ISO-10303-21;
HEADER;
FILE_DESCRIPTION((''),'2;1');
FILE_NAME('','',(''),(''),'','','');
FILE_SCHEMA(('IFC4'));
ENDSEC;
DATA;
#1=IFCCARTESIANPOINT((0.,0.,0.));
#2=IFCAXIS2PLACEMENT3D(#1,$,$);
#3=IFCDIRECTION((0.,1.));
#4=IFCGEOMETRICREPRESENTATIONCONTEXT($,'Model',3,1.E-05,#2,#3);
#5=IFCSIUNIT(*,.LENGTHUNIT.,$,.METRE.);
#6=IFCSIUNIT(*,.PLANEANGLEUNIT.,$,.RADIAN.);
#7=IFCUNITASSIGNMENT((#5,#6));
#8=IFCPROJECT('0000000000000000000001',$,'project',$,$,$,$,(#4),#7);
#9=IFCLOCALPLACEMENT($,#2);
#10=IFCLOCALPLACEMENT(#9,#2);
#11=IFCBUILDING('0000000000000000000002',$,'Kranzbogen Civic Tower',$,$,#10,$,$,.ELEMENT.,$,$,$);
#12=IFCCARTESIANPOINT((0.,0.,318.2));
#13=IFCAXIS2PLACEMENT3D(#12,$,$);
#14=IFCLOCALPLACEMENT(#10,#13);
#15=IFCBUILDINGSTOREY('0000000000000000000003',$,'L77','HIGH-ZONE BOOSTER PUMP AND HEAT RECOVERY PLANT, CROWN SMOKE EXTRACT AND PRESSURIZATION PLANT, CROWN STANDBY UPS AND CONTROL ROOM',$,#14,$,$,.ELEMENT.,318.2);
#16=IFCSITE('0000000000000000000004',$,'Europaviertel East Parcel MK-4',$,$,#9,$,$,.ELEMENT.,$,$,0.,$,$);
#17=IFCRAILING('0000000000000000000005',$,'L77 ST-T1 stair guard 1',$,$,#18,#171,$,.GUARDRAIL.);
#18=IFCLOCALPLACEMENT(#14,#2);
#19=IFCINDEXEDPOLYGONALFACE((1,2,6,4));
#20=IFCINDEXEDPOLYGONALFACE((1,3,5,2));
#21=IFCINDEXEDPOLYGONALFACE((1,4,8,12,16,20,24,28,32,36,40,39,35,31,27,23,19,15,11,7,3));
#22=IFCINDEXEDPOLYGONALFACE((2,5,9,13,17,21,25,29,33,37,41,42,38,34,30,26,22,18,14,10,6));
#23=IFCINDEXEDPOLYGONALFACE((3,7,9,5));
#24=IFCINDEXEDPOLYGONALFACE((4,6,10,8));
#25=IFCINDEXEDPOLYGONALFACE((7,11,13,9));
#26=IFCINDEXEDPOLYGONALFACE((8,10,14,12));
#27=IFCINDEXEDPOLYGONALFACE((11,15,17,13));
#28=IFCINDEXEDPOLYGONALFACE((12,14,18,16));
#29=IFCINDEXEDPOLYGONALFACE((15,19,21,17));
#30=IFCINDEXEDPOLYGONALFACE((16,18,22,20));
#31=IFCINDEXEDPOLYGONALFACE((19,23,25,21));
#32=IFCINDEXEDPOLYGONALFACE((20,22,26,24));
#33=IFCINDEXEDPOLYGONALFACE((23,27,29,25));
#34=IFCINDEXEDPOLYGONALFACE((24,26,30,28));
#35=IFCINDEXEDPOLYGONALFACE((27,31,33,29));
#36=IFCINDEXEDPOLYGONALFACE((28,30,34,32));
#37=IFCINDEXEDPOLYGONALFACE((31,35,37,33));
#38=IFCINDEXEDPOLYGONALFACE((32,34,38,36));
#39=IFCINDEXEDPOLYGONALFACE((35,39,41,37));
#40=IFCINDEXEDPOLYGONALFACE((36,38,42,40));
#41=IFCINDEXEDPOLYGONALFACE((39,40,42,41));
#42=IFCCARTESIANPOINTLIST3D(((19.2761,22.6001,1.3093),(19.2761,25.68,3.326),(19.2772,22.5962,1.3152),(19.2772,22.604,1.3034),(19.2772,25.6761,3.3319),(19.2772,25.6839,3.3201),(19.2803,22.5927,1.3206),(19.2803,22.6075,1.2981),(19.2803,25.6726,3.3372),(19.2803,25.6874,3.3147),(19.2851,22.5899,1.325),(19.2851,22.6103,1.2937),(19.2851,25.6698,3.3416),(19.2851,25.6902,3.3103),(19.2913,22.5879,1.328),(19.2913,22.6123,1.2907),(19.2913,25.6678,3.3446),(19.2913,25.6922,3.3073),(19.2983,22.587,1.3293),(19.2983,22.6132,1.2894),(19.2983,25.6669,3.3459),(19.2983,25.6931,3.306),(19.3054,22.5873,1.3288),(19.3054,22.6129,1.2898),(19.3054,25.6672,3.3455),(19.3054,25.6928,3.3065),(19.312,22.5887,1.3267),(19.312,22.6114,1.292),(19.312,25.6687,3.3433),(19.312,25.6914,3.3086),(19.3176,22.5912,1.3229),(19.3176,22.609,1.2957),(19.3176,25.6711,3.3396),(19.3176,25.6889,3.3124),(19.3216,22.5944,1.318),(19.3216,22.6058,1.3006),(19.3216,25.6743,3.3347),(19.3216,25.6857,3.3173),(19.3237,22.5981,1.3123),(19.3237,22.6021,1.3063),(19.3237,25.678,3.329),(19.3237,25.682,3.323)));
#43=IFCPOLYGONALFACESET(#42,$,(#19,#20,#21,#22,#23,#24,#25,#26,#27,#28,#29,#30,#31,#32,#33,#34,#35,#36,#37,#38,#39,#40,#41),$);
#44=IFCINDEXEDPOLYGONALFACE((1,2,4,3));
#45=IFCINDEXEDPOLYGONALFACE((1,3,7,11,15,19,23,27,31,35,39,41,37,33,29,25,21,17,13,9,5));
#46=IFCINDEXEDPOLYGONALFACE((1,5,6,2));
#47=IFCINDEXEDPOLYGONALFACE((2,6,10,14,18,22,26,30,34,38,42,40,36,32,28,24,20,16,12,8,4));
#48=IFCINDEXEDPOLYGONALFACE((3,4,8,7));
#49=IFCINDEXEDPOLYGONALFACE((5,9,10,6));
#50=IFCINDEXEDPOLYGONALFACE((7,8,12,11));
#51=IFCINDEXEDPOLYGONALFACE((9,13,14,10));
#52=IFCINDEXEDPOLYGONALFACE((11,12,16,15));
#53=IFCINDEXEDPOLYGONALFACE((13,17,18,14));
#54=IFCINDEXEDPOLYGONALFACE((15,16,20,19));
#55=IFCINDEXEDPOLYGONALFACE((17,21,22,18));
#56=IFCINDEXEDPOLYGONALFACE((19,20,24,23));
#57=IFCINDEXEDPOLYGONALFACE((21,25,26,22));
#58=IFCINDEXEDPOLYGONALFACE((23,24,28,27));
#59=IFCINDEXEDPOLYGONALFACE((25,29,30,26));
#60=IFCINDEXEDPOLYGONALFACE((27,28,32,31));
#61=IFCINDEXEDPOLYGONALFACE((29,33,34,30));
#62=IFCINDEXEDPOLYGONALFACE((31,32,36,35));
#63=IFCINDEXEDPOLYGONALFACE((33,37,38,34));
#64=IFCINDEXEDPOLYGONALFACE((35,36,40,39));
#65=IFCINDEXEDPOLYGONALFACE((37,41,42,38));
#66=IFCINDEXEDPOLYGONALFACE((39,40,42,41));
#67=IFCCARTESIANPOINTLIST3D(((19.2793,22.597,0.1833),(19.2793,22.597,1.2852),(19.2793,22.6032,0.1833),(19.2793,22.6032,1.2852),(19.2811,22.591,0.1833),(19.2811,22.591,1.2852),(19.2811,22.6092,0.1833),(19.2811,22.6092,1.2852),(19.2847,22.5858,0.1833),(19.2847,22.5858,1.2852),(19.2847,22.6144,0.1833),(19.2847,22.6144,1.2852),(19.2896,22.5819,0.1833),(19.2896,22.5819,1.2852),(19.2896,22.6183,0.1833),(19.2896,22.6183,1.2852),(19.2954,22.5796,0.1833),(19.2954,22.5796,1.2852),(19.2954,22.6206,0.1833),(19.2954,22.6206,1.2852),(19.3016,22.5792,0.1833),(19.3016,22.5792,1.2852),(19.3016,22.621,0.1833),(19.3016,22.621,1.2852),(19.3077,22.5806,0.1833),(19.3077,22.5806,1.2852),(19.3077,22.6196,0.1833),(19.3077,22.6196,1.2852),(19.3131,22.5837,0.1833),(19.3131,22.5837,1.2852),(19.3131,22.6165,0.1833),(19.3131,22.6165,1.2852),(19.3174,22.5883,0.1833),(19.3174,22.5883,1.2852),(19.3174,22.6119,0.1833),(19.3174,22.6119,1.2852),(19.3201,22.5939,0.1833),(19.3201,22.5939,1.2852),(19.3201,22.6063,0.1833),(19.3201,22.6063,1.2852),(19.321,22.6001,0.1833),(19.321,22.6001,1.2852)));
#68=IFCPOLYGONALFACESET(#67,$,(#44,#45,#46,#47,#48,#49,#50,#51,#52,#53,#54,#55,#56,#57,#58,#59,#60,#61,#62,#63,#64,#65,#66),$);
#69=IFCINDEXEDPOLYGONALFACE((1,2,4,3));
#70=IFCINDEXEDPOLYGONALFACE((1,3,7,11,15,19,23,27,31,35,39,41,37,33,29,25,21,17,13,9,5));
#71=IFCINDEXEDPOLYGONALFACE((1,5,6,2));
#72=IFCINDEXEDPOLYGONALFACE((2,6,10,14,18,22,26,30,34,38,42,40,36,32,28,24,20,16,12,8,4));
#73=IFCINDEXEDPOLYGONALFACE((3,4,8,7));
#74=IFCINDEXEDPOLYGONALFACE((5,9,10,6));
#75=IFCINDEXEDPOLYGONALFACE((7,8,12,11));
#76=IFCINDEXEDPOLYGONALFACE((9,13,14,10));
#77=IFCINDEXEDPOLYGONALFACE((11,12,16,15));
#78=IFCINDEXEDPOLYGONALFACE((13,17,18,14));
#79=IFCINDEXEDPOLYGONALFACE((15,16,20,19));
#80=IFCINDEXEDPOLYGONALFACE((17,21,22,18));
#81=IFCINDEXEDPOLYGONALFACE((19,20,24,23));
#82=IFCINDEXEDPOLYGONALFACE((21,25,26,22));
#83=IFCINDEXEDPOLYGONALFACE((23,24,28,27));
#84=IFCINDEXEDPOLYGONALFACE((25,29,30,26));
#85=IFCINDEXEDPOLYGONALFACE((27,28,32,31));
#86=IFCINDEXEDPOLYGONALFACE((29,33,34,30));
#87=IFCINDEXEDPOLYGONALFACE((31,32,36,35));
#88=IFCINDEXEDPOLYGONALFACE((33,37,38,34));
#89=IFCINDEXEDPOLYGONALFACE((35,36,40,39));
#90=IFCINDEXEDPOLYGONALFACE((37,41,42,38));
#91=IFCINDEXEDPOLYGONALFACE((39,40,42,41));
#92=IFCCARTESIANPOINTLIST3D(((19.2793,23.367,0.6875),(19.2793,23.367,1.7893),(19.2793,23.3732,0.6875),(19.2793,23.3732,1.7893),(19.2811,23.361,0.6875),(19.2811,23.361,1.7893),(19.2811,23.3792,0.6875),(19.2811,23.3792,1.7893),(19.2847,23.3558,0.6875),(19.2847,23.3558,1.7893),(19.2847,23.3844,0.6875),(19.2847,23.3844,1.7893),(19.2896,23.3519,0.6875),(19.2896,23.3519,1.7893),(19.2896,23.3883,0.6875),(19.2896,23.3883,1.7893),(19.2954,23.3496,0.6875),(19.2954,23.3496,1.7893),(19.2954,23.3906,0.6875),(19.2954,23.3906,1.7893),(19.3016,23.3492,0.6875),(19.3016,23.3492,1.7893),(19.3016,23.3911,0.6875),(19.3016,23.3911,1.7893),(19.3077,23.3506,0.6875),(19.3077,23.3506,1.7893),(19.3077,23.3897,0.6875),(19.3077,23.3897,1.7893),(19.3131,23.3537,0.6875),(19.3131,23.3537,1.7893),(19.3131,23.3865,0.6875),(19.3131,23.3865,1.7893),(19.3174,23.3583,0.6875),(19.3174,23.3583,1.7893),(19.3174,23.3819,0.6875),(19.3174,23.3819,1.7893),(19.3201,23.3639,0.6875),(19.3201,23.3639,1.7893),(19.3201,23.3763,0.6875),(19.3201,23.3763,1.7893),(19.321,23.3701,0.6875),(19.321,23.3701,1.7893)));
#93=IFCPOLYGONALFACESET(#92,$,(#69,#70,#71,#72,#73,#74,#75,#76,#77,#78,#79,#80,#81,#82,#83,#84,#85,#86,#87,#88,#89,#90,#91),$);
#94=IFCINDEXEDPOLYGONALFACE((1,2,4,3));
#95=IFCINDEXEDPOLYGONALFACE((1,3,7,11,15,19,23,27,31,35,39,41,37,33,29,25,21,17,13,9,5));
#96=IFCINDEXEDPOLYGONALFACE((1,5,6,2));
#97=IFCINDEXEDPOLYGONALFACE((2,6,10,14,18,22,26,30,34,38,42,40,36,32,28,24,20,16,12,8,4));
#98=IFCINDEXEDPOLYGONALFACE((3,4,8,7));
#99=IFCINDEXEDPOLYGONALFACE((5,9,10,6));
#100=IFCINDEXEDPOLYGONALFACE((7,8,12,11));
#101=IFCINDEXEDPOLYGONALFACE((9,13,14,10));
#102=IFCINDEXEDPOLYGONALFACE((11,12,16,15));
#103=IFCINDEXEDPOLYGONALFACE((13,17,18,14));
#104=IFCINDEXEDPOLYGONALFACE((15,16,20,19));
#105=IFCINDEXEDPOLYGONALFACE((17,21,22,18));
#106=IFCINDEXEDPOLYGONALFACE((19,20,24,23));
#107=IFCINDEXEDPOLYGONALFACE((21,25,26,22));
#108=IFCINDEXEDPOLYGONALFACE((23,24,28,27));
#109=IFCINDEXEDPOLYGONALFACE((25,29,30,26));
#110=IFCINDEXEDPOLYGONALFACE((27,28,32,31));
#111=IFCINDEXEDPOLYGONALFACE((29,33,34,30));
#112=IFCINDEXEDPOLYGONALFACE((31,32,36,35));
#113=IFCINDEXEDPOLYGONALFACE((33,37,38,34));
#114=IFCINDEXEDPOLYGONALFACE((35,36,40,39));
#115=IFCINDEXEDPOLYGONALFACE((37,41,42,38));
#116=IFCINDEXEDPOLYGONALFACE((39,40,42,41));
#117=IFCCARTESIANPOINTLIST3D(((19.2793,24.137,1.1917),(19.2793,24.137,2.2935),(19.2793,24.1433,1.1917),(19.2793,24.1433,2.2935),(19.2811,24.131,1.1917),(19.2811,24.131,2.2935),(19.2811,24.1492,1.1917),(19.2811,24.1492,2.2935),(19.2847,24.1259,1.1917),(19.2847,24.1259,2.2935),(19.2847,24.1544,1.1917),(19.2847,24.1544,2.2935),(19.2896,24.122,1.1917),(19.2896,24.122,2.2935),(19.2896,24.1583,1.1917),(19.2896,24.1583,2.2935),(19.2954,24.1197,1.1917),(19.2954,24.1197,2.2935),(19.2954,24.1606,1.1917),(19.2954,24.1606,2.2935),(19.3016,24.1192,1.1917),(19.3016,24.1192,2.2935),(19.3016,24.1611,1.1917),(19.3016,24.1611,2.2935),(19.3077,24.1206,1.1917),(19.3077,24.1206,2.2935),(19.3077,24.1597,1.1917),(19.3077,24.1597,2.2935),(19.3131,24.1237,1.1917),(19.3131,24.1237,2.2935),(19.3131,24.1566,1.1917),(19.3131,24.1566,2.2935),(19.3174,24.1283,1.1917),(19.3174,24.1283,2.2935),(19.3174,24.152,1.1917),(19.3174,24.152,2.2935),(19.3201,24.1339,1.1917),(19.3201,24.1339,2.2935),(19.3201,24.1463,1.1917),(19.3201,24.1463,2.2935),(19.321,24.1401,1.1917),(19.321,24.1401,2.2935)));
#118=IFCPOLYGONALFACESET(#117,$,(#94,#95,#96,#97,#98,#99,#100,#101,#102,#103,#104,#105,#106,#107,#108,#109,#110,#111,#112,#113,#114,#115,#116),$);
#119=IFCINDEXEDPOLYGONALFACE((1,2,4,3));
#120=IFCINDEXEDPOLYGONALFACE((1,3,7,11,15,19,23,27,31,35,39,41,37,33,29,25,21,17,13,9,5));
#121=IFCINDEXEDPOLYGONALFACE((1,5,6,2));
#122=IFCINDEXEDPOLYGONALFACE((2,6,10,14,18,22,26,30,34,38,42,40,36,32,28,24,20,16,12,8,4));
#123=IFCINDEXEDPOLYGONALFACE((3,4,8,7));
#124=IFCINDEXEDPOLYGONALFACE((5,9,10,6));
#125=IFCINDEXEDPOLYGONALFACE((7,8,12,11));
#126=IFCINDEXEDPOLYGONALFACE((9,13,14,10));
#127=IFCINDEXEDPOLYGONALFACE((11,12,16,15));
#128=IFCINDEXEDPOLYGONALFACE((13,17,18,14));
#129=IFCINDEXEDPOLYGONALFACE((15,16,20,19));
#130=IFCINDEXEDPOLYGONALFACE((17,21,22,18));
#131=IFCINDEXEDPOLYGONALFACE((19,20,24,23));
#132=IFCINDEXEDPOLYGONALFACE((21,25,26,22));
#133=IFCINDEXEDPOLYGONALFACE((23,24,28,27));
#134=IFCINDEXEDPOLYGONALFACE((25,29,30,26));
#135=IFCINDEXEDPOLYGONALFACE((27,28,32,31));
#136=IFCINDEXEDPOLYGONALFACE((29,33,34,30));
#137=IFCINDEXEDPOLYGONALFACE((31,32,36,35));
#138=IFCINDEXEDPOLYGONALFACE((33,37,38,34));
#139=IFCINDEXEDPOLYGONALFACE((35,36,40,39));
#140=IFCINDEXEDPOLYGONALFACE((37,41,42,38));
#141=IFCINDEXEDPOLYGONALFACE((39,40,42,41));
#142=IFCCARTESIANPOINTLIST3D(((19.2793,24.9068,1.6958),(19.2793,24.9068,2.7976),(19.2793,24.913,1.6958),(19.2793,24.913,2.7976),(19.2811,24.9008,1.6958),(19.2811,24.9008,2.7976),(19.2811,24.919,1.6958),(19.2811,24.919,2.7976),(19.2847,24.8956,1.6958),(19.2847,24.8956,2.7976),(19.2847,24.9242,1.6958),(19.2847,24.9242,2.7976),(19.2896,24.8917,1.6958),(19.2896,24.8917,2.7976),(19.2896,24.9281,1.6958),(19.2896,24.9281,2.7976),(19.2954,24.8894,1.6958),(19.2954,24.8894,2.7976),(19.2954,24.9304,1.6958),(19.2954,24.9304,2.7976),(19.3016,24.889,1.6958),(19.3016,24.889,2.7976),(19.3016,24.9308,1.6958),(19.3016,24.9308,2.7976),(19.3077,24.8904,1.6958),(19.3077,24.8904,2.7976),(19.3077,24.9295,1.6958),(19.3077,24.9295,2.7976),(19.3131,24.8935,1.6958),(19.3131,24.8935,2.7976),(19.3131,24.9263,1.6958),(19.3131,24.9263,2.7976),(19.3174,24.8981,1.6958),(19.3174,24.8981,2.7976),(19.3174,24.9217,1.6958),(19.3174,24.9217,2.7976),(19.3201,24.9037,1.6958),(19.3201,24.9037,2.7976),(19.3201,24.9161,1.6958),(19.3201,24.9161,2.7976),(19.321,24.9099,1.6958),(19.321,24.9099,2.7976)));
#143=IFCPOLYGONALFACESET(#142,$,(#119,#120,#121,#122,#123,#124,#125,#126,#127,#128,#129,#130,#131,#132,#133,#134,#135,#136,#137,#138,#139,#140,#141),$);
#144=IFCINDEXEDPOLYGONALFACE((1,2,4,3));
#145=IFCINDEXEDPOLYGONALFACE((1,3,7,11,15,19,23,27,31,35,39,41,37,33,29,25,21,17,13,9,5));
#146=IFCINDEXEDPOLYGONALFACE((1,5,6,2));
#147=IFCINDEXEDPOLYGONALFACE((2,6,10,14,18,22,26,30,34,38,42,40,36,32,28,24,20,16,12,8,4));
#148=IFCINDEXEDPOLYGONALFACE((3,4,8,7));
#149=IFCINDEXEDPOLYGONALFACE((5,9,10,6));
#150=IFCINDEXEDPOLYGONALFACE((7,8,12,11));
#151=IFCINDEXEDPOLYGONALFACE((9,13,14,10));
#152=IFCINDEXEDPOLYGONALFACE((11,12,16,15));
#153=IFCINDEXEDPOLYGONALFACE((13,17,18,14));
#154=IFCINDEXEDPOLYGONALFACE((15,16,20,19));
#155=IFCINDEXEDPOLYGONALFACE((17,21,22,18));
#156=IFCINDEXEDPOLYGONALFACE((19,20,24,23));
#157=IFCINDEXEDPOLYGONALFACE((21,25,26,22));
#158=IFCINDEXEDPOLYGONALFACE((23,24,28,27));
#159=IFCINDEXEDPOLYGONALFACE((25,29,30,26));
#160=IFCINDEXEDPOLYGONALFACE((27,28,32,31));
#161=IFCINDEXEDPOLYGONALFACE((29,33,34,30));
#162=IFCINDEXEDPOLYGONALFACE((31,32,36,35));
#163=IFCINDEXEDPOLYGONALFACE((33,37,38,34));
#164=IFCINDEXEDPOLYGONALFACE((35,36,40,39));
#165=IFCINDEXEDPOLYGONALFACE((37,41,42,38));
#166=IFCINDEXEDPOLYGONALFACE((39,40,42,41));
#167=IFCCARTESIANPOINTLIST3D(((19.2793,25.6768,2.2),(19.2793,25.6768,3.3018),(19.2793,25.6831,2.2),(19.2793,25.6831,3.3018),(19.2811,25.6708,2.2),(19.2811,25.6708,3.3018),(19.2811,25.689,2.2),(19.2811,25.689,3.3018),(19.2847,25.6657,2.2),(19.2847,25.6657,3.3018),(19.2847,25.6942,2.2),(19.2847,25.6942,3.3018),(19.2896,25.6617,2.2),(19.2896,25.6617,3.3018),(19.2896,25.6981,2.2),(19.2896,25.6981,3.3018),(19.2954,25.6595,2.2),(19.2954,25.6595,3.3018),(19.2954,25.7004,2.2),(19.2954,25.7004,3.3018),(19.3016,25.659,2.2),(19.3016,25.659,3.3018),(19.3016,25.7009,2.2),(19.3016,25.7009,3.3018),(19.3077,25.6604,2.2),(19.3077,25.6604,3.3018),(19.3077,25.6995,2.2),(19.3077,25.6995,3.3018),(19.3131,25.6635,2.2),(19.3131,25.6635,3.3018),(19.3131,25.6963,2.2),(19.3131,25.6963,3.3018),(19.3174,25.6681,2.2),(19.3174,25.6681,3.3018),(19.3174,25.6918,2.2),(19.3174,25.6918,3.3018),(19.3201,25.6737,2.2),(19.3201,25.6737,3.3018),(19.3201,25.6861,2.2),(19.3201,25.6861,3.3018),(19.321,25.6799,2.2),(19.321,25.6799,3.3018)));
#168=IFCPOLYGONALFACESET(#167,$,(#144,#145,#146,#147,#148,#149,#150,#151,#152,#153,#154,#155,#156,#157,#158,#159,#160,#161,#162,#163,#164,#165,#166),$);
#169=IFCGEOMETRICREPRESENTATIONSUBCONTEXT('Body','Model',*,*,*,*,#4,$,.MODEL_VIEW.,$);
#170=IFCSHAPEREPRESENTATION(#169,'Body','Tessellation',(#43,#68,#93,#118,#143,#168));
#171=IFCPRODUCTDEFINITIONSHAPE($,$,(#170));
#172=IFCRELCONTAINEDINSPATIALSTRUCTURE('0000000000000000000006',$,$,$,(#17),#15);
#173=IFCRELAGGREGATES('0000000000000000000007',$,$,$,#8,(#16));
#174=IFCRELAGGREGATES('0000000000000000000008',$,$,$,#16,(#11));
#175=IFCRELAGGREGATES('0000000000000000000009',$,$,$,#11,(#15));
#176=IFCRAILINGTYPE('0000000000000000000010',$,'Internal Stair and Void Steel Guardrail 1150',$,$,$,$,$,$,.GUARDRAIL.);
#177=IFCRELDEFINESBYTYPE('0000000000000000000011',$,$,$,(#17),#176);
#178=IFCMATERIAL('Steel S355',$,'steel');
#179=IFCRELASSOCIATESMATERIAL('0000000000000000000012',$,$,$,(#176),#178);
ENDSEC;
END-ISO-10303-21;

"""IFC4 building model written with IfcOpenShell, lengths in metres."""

from ifc_helpers import new_model, si_unit, direction, frame, origin, origin_2d, place, context, subcontext, project, spatial, circle, extrude, material, type_object, element, save


model = new_model("IFC4")

# Units and contexts
model_context = context("Model", 3, precision=1e-05, world=origin(), true_north=direction((0.0, 1.0)))
body_context = subcontext(model_context, "Body", "Model", "MODEL_VIEW")
ifc_project = project(units=[si_unit("LENGTHUNIT", "METRE"), si_unit("PLANEANGLEUNIT", "RADIAN")], contexts=[model_context])

# Site, building, storey
site_placement = place(None, origin())
site = spatial("IfcSite", under=ifc_project, at=site_placement, Name="Europaviertel East Parcel MK-4", CompositionType="ELEMENT", RefElevation=0.0)
building_placement = place(site_placement, origin())
building = spatial("IfcBuilding", under=site, at=building_placement, Name="Kranzbogen Civic Tower", CompositionType="ELEMENT")
storey_placement = place(building_placement, frame((0.0, 0.0, 318.2)))
storey = spatial("IfcBuildingStorey", under=building, at=storey_placement, Name="L77", Description="HIGH-ZONE BOOSTER PUMP AND HEAT RECOVERY PLANT, CROWN SMOKE EXTRACT AND PRESSURIZATION PLANT, CROWN STANDBY UPS AND CONTROL ROOM", CompositionType="ELEMENT", Elevation=318.2)

# Shared definitions
ifc_material_1 = material(Name="Steel S355", Category="steel")

# Railing
railing_type_1 = type_object("IfcRailingType", Name="Internal Stair and Void Steel Guardrail 1150", PredefinedType="GUARDRAIL", material=ifc_material_1)
railing_1_placement = place(storey_placement, frame((19.3, 22.6001, 0.1833)))
element("IfcRailing", 1, at=railing_1_placement, inside=storey, type_object=railing_type_1, Name="L77 ST-T1 stair guard 1", PredefinedType="GUARDRAIL", context=body_context, shape_type="SweptSolid", body=[
    extrude(circle(Radius=0.0239, at=origin_2d()), frame((0.0, 0.0, 1.126), z_axis=(0.0, 0.836613, 0.547794), x_axis=(-1.0, 0.0, 0.0)), (0.0, 0.0, 1.0), 3.6814),
    extrude(circle(Radius=0.021, at=origin_2d()), origin(), (0.0, 0.0, 1.0), 1.1018),
    extrude(circle(Radius=0.021, at=origin_2d()), frame((0.0, 0.77, 0.5042)), (0.0, 0.0, 1.0), 1.1018),
    extrude(circle(Radius=0.021, at=origin_2d()), frame((0.0, 1.54, 1.0083)), (0.0, 0.0, 1.0), 1.1018),
    extrude(circle(Radius=0.021, at=origin_2d()), frame((0.0, 2.3098, 1.5125)), (0.0, 0.0, 1.0), 1.1018),
    extrude(circle(Radius=0.021, at=origin_2d()), frame((0.0, 3.0798, 2.0166)), (0.0, 0.0, 1.0), 1.1018),
])

save(model, "model.ifc")
